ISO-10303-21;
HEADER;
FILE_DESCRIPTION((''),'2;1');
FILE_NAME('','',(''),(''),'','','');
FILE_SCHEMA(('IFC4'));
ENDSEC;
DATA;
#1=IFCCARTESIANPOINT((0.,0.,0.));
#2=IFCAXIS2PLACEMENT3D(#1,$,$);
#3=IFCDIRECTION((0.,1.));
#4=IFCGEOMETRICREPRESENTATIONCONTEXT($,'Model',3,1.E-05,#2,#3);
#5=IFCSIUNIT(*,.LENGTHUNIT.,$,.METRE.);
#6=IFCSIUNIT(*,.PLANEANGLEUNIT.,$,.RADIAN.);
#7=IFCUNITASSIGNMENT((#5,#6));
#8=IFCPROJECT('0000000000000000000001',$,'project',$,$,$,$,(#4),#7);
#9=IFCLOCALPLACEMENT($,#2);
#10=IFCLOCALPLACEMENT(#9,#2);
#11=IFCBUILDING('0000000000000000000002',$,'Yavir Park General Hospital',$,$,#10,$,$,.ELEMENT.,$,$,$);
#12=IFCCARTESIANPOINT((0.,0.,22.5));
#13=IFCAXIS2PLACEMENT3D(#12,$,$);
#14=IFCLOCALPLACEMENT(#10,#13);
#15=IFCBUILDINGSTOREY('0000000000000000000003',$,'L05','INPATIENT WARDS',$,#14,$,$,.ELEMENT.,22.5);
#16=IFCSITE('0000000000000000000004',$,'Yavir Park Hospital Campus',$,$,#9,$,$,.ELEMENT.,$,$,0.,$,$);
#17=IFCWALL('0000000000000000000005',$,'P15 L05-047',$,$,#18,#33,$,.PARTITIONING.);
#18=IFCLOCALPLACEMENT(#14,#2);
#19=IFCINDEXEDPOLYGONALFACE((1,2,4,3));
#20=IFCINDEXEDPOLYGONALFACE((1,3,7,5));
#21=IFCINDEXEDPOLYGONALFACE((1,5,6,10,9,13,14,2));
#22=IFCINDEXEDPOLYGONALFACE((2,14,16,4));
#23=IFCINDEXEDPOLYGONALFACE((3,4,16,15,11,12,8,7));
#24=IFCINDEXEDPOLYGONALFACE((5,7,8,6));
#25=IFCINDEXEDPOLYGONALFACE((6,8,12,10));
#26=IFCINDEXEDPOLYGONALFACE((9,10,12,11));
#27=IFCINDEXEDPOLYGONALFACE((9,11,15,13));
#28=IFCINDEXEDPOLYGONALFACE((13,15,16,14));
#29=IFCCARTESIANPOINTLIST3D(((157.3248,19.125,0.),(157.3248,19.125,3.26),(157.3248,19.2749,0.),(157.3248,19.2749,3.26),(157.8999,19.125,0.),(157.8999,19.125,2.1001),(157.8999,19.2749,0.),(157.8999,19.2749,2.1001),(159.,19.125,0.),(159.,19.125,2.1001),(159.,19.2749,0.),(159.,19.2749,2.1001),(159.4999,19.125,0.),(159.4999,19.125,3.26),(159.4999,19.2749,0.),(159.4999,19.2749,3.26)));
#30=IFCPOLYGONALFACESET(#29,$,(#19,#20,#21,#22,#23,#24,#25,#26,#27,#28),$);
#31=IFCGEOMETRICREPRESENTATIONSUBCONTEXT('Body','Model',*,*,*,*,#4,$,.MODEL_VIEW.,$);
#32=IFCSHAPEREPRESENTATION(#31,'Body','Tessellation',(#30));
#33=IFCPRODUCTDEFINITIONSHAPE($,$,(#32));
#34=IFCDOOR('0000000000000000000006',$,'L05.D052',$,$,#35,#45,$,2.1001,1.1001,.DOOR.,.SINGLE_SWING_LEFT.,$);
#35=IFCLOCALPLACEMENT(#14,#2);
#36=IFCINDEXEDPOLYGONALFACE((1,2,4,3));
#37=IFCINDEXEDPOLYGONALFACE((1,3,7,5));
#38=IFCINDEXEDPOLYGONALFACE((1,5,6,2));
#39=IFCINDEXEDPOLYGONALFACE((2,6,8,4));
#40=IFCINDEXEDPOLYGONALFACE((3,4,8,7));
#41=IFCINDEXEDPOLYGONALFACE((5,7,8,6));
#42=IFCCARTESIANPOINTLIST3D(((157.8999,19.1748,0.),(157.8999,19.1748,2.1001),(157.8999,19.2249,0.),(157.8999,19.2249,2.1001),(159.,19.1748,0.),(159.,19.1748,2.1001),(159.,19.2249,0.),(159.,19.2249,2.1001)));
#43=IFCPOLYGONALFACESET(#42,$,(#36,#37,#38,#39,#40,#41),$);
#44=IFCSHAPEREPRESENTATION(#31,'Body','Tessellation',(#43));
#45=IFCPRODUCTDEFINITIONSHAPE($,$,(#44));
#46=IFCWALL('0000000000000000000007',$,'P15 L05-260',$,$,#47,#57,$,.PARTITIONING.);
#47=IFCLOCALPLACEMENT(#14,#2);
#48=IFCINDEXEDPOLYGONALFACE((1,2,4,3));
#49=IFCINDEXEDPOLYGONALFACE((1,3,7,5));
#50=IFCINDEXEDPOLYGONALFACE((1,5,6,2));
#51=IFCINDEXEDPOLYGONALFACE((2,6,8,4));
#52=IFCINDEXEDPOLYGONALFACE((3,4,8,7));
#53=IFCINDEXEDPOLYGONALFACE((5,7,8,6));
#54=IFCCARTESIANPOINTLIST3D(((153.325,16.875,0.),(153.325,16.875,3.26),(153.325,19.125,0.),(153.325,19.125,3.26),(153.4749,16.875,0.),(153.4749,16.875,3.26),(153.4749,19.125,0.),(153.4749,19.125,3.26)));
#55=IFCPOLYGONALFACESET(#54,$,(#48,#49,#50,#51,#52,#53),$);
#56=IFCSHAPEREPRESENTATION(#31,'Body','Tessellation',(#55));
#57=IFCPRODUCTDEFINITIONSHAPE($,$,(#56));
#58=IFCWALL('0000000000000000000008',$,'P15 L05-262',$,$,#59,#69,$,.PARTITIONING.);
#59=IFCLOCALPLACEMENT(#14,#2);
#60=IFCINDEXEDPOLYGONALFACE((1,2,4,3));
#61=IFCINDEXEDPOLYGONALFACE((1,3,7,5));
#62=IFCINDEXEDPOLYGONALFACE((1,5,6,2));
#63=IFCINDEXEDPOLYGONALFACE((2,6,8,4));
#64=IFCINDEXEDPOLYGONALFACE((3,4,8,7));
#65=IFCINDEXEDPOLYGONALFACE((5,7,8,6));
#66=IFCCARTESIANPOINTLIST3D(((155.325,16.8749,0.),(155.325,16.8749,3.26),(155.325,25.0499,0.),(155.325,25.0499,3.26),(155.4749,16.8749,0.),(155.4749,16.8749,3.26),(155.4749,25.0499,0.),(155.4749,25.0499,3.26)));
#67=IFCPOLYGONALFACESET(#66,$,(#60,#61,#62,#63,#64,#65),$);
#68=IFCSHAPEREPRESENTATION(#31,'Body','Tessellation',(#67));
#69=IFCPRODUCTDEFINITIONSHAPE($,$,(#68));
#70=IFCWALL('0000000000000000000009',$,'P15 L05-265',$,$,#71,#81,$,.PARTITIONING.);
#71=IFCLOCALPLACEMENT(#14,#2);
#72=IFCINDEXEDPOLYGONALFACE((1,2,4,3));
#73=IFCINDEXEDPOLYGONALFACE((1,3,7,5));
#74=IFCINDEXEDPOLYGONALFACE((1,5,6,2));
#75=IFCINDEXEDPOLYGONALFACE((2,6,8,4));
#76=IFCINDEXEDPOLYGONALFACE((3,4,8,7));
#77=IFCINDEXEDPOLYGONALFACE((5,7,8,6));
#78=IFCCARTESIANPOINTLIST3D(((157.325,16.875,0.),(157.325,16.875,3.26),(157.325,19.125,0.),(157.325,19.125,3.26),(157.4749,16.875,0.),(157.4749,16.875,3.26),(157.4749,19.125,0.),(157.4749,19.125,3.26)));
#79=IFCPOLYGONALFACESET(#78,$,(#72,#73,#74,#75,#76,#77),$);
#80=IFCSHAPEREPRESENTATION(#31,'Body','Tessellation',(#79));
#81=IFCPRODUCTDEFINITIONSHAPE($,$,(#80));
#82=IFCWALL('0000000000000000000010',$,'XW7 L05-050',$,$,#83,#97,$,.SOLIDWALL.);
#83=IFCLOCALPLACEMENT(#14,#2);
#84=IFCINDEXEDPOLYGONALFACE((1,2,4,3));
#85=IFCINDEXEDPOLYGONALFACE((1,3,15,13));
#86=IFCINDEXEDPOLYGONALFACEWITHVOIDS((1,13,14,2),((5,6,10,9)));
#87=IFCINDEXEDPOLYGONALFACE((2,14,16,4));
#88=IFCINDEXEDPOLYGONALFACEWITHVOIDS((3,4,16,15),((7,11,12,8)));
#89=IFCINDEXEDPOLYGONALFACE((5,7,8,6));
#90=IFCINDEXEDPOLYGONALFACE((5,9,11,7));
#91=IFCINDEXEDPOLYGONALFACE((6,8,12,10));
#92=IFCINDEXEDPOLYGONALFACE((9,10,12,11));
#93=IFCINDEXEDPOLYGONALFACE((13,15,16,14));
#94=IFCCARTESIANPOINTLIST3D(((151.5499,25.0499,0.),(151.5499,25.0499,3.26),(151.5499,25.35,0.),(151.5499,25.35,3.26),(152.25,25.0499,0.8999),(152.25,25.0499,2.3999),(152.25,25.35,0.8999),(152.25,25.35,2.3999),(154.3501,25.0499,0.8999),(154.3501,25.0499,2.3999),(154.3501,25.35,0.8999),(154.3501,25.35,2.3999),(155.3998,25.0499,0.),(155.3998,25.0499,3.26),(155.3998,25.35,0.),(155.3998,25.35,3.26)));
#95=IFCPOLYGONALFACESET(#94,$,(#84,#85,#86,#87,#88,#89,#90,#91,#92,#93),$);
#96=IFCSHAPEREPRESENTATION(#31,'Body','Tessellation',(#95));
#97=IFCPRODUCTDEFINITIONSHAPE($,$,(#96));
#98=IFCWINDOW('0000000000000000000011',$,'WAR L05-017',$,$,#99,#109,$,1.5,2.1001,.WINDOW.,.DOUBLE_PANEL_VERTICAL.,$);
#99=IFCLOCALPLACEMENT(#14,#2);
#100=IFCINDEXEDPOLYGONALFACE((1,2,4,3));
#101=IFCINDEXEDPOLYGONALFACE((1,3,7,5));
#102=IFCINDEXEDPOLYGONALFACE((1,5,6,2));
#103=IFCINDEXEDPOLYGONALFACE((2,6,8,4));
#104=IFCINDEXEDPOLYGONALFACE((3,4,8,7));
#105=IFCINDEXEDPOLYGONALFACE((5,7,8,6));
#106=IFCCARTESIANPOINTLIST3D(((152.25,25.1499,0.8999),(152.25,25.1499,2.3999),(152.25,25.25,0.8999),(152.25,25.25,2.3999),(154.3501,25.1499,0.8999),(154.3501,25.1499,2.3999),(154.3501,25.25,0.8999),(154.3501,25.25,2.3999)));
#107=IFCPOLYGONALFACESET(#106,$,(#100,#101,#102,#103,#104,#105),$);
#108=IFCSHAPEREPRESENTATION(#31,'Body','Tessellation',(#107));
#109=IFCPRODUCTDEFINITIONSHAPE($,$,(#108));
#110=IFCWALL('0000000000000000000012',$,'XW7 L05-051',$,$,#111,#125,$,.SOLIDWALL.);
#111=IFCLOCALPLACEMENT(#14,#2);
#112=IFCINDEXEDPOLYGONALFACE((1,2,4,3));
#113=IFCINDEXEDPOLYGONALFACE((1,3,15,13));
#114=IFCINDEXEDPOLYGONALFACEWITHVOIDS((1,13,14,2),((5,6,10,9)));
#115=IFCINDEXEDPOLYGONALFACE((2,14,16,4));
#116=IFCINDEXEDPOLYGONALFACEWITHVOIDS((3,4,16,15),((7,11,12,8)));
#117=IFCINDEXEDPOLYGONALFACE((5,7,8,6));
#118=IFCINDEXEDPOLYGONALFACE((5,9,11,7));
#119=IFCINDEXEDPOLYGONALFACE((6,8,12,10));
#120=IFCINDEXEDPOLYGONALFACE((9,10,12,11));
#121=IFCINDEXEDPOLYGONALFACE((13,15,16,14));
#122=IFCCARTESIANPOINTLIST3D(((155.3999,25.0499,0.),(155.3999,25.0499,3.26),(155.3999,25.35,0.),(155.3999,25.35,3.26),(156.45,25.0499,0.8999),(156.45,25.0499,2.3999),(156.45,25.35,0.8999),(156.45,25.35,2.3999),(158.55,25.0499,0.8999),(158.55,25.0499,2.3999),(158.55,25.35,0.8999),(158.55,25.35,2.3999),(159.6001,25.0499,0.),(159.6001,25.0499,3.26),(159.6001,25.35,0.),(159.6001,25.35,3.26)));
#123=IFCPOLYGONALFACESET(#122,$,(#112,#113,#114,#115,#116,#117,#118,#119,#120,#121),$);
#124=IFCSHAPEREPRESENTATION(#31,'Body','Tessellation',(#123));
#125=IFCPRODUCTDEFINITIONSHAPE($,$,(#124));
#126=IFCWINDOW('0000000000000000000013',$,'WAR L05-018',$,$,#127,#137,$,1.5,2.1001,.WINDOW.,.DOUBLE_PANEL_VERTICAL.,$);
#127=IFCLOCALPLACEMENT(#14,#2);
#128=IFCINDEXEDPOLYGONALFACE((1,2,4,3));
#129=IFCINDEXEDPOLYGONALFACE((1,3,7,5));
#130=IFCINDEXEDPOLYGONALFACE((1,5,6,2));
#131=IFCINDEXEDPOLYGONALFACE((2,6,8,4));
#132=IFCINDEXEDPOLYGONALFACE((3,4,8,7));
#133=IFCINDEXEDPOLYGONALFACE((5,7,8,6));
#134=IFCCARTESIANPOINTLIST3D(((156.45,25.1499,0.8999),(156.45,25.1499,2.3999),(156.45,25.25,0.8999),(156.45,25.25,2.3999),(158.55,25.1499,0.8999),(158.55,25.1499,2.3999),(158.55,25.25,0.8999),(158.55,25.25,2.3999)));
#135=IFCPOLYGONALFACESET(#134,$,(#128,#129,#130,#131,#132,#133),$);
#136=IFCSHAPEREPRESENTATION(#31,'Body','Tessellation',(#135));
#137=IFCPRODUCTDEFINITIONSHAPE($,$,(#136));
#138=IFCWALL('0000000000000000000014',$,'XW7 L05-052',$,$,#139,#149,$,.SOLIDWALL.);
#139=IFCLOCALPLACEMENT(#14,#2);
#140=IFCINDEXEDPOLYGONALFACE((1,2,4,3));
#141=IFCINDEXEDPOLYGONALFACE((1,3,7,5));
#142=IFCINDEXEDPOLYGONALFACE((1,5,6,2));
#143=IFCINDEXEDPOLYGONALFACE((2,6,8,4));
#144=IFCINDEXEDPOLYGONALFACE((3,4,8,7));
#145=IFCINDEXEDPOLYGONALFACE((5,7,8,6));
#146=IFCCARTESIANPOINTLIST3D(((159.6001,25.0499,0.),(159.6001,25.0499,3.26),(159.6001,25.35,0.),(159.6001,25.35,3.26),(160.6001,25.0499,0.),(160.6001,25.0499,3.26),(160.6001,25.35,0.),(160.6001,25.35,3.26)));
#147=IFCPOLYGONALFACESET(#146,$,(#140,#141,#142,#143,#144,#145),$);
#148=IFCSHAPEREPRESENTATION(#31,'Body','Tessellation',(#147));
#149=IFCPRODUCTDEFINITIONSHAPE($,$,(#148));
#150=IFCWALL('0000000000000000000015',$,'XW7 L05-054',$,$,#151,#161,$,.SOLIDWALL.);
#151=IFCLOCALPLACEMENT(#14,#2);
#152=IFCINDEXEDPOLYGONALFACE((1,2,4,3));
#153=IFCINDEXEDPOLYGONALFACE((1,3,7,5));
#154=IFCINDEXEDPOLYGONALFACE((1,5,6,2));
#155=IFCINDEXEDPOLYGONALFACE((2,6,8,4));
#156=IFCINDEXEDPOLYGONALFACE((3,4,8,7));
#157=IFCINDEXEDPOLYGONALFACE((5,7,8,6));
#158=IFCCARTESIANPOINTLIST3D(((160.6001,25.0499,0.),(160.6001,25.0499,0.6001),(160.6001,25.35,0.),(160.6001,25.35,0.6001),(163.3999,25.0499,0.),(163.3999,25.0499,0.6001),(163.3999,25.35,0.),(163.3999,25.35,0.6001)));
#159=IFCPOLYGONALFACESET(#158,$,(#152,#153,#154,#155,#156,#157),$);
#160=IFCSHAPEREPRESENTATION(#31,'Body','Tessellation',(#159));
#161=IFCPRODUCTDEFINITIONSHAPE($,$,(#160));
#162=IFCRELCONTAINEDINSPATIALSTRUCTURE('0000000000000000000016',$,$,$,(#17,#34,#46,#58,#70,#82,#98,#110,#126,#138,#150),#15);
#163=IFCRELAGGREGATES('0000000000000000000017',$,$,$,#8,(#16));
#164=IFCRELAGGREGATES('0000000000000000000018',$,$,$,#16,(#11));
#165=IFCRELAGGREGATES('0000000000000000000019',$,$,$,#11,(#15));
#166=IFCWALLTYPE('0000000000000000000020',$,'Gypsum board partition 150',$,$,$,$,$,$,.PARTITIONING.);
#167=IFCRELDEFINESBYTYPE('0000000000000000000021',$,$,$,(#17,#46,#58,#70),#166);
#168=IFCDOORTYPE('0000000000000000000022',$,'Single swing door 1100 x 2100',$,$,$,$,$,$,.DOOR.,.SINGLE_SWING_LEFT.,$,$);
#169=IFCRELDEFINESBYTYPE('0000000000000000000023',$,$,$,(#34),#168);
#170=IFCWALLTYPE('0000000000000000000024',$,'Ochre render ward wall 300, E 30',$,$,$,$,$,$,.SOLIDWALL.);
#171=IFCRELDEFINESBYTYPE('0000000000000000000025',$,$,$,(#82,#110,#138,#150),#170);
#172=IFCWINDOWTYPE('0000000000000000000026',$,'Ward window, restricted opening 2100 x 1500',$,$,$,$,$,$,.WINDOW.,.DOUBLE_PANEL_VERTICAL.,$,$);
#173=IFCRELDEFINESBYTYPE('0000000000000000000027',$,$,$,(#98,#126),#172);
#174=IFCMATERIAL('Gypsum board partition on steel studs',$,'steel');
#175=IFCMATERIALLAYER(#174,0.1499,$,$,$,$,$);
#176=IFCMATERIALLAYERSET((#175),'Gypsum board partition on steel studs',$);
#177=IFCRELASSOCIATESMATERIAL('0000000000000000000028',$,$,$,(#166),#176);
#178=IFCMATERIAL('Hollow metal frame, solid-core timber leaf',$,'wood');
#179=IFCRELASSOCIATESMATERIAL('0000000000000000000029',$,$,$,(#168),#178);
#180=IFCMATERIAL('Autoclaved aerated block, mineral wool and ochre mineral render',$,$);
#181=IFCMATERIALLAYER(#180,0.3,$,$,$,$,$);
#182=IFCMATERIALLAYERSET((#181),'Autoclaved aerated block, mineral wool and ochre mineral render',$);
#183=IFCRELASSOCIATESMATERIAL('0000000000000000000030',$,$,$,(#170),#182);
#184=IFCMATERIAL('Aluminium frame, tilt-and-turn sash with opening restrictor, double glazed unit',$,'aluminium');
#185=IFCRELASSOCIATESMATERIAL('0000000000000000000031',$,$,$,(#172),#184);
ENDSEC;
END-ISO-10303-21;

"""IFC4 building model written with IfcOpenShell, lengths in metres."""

from ifc_helpers import new_model, si_unit, direction, frame, frame_2d, origin, place, context, subcontext, project, spatial, rectangle, extrude, material, layer, layer_set, type_object, element, fill, save


model = new_model("IFC4")

# Units and contexts
model_context = context("Model", 3, precision=1e-05, world=origin(), true_north=direction((0.0, 1.0)))
body_context = subcontext(model_context, "Body", "Model", "MODEL_VIEW")
ifc_project = project(units=[si_unit("LENGTHUNIT", "METRE"), si_unit("PLANEANGLEUNIT", "RADIAN")], contexts=[model_context])

# Site, building, storey
site_placement = place(None, origin())
site = spatial("IfcSite", under=ifc_project, at=site_placement, Name="Yavir Park Hospital Campus", CompositionType="ELEMENT", RefElevation=0.0)
building_placement = place(site_placement, origin())
building = spatial("IfcBuilding", under=site, at=building_placement, Name="Yavir Park General Hospital", CompositionType="ELEMENT")
storey_placement = place(building_placement, frame((0.0, 0.0, 22.5)))
storey = spatial("IfcBuildingStorey", under=building, at=storey_placement, Name="L05", Description="INPATIENT WARDS", CompositionType="ELEMENT", Elevation=22.5)

# Wall, opening, door
ifc_material_1 = material(Name="Gypsum board partition on steel studs", Category="steel")
ifc_layer_1 = layer(ifc_material_1, 0.1499)
ifc_layer_set_1 = layer_set([ifc_layer_1], Name="Gypsum board partition on steel studs")
wall_type_1 = type_object("IfcWallType", Name="Gypsum board partition 150", PredefinedType="PARTITIONING", material=ifc_layer_set_1)
ifc_material_2 = material(Name="Hollow metal frame, solid-core timber leaf", Category="wood")
door_type = type_object("IfcDoorType", Name="Single swing door 1100 x 2100", OperationType="SINGLE_SWING_LEFT", PredefinedType="DOOR", material=ifc_material_2)
wall_1_placement = place(storey_placement, frame((157.325, 19.2, 0.0), z_axis=(0.0, 0.0, 1.0), x_axis=(1.0, 0.0, 0.0)))
wall_1 = element("IfcWall", 1, at=wall_1_placement, inside=storey, type_object=wall_type_1, Name="P15 L05-047", PredefinedType="PARTITIONING", context=body_context, shape_type="SweptSolid", body=[
    extrude(rectangle(XDim=2.175, YDim=0.1499, at=frame_2d((1.0874, 0.0))), origin(), (0.0, 0.0, 1.0), 3.26),
])
opening_1_placement = place(wall_1_placement, frame((0.575, 0.0, 0.0)))
opening_1 = element("IfcOpeningElement", 2, at=opening_1_placement, cuts=wall_1, PredefinedType="OPENING", context=body_context, shape_type="SweptSolid", body=[
    extrude(rectangle(XDim=1.1001, YDim=2.1001, at=frame_2d((0.55, 1.05))), frame((0.0, 0.085, 0.0), z_axis=(0.0, -1.0, 0.0), x_axis=(1.0, 0.0, 0.0)), (0.0, 0.0, 1.0), 0.1699),
])
door_1_placement = place(opening_1_placement, origin())
door_1 = element("IfcDoor", 3, at=door_1_placement, inside=storey, type_object=door_type, Name="L05.D052", OperationType="SINGLE_SWING_LEFT", OverallHeight=2.1001, OverallWidth=1.1001, PredefinedType="DOOR", context=body_context, shape_type="SweptSolid", body=[
    extrude(rectangle(XDim=1.1001, YDim=2.1001, at=frame_2d((0.55, 1.05))), frame((0.0, 0.0249, 0.0), z_axis=(0.0, -1.0, 0.0), x_axis=(1.0, 0.0, 0.0)), (0.0, 0.0, 1.0), 0.05),
])
fill(opening_1, door_1)

# Walls
wall_2_placement = place(storey_placement, frame((153.3999, 16.875, 0.0), z_axis=(0.0, 0.0, 1.0), x_axis=(0.0, 1.0, 0.0)))
element("IfcWall", 4, at=wall_2_placement, inside=storey, type_object=wall_type_1, Name="P15 L05-260", PredefinedType="PARTITIONING", context=body_context, shape_type="SweptSolid", body=[
    extrude(rectangle(XDim=2.25, YDim=0.1499, at=frame_2d((1.125, 0.0))), origin(), (0.0, 0.0, 1.0), 3.26),
])
wall_3_placement = place(storey_placement, frame((155.3999, 16.875, 0.0), z_axis=(0.0, 0.0, 1.0), x_axis=(0.0, 1.0, 0.0)))
element("IfcWall", 5, at=wall_3_placement, inside=storey, type_object=wall_type_1, Name="P15 L05-262", PredefinedType="PARTITIONING", context=body_context, shape_type="SweptSolid", body=[
    extrude(rectangle(XDim=8.175, YDim=0.1499, at=frame_2d((4.0874, 0.0))), origin(), (0.0, 0.0, 1.0), 3.26),
])
wall_4_placement = place(storey_placement, frame((157.3999, 16.875, 0.0), z_axis=(0.0, 0.0, 1.0), x_axis=(0.0, 1.0, 0.0)))
element("IfcWall", 6, at=wall_4_placement, inside=storey, type_object=wall_type_1, Name="P15 L05-265", PredefinedType="PARTITIONING", context=body_context, shape_type="SweptSolid", body=[
    extrude(rectangle(XDim=2.25, YDim=0.1499, at=frame_2d((1.125, 0.0))), origin(), (0.0, 0.0, 1.0), 3.26),
])

# Walls, openings, windows
ifc_material_3 = material(Name="Autoclaved aerated block, mineral wool and ochre mineral render")
ifc_layer_2 = layer(ifc_material_3, 0.3)
ifc_layer_set_2 = layer_set([ifc_layer_2], Name="Autoclaved aerated block, mineral wool and ochre mineral render")
wall_type_2 = type_object("IfcWallType", Name="Ochre render ward wall 300, E 30", PredefinedType="SOLIDWALL", material=ifc_layer_set_2)
wall_5_placement = place(storey_placement, frame((151.55, 25.2, 0.0), z_axis=(0.0, 0.0, 1.0), x_axis=(1.0, 0.0, 0.0)))
wall_5 = element("IfcWall", 7, at=wall_5_placement, inside=storey, type_object=wall_type_2, Name="XW7 L05-050", PredefinedType="SOLIDWALL", context=body_context, shape_type="SweptSolid", body=[
    extrude(rectangle(XDim=3.8499, YDim=0.3, at=frame_2d((1.9248, 0.0))), origin(), (0.0, 0.0, 1.0), 3.26),
])
opening_2_placement = place(wall_5_placement, frame((0.7, 0.0, 0.8999)))
opening_2 = element("IfcOpeningElement", 8, at=opening_2_placement, cuts=wall_5, PredefinedType="OPENING", context=body_context, shape_type="SweptSolid", body=[
    extrude(rectangle(XDim=2.1001, YDim=1.5, at=frame_2d((1.05, 0.75))), frame((0.0, 0.1599, 0.0), z_axis=(0.0, -1.0, 0.0), x_axis=(1.0, 0.0, 0.0)), (0.0, 0.0, 1.0), 0.3201),
])
ifc_material_4 = material(Name="Aluminium frame, tilt-and-turn sash with opening restrictor, double glazed unit", Category="aluminium")
window_type = type_object("IfcWindowType", Name="Ward window, restricted opening 2100 x 1500", PartitioningType="DOUBLE_PANEL_VERTICAL", PredefinedType="WINDOW", material=ifc_material_4)
window_1_placement = place(opening_2_placement, origin())
window_1 = element("IfcWindow", 9, at=window_1_placement, inside=storey, type_object=window_type, Name="WAR L05-017", OverallHeight=1.5, OverallWidth=2.1001, PartitioningType="DOUBLE_PANEL_VERTICAL", PredefinedType="WINDOW", context=body_context, shape_type="SweptSolid", body=[
    extrude(rectangle(XDim=2.1001, YDim=1.5, at=frame_2d((1.05, 0.75))), frame((0.0, 0.05, 0.0), z_axis=(0.0, -1.0, 0.0), x_axis=(1.0, 0.0, 0.0)), (0.0, 0.0, 1.0), 0.1001),
])
fill(opening_2, window_1)
wall_6_placement = place(storey_placement, frame((155.3999, 25.2, 0.0), z_axis=(0.0, 0.0, 1.0), x_axis=(1.0, 0.0, 0.0)))
wall_6 = element("IfcWall", 10, at=wall_6_placement, inside=storey, type_object=wall_type_2, Name="XW7 L05-051", PredefinedType="SOLIDWALL", context=body_context, shape_type="SweptSolid", body=[
    extrude(rectangle(XDim=4.2002, YDim=0.3, at=frame_2d((2.1001, 0.0))), origin(), (0.0, 0.0, 1.0), 3.26),
])
opening_3_placement = place(wall_6_placement, frame((1.05, 0.0, 0.8999)))
opening_3 = element("IfcOpeningElement", 11, at=opening_3_placement, cuts=wall_6, PredefinedType="OPENING", context=body_context, shape_type="SweptSolid", body=[
    extrude(rectangle(XDim=2.1001, YDim=1.5, at=frame_2d((1.05, 0.75))), frame((0.0, 0.1599, 0.0), z_axis=(0.0, -1.0, 0.0), x_axis=(1.0, 0.0, 0.0)), (0.0, 0.0, 1.0), 0.3201),
])
window_2_placement = place(opening_3_placement, origin())
window_2 = element("IfcWindow", 12, at=window_2_placement, inside=storey, type_object=window_type, Name="WAR L05-018", OverallHeight=1.5, OverallWidth=2.1001, PartitioningType="DOUBLE_PANEL_VERTICAL", PredefinedType="WINDOW", context=body_context, shape_type="SweptSolid", body=[
    extrude(rectangle(XDim=2.1001, YDim=1.5, at=frame_2d((1.05, 0.75))), frame((0.0, 0.05, 0.0), z_axis=(0.0, -1.0, 0.0), x_axis=(1.0, 0.0, 0.0)), (0.0, 0.0, 1.0), 0.1001),
])
fill(opening_3, window_2)

# Walls
wall_7_placement = place(storey_placement, frame((159.6001, 25.2, 0.0), z_axis=(0.0, 0.0, 1.0), x_axis=(1.0, 0.0, 0.0)))
element("IfcWall", 13, at=wall_7_placement, inside=storey, type_object=wall_type_2, Name="XW7 L05-052", PredefinedType="SOLIDWALL", context=body_context, shape_type="SweptSolid", body=[
    extrude(rectangle(XDim=1.0, YDim=0.3, at=frame_2d((0.5, 0.0))), origin(), (0.0, 0.0, 1.0), 3.26),
])
wall_8_placement = place(storey_placement, frame((160.6001, 25.2, 0.0), z_axis=(0.0, 0.0, 1.0), x_axis=(1.0, 0.0, 0.0)))
element("IfcWall", 14, at=wall_8_placement, inside=storey, type_object=wall_type_2, Name="XW7 L05-054", PredefinedType="SOLIDWALL", context=body_context, shape_type="SweptSolid", body=[
    extrude(rectangle(XDim=2.7998, YDim=0.3, at=frame_2d((1.3999, 0.0))), origin(), (0.0, 0.0, 1.0), 0.6001),
])

save(model, "model.ifc")
